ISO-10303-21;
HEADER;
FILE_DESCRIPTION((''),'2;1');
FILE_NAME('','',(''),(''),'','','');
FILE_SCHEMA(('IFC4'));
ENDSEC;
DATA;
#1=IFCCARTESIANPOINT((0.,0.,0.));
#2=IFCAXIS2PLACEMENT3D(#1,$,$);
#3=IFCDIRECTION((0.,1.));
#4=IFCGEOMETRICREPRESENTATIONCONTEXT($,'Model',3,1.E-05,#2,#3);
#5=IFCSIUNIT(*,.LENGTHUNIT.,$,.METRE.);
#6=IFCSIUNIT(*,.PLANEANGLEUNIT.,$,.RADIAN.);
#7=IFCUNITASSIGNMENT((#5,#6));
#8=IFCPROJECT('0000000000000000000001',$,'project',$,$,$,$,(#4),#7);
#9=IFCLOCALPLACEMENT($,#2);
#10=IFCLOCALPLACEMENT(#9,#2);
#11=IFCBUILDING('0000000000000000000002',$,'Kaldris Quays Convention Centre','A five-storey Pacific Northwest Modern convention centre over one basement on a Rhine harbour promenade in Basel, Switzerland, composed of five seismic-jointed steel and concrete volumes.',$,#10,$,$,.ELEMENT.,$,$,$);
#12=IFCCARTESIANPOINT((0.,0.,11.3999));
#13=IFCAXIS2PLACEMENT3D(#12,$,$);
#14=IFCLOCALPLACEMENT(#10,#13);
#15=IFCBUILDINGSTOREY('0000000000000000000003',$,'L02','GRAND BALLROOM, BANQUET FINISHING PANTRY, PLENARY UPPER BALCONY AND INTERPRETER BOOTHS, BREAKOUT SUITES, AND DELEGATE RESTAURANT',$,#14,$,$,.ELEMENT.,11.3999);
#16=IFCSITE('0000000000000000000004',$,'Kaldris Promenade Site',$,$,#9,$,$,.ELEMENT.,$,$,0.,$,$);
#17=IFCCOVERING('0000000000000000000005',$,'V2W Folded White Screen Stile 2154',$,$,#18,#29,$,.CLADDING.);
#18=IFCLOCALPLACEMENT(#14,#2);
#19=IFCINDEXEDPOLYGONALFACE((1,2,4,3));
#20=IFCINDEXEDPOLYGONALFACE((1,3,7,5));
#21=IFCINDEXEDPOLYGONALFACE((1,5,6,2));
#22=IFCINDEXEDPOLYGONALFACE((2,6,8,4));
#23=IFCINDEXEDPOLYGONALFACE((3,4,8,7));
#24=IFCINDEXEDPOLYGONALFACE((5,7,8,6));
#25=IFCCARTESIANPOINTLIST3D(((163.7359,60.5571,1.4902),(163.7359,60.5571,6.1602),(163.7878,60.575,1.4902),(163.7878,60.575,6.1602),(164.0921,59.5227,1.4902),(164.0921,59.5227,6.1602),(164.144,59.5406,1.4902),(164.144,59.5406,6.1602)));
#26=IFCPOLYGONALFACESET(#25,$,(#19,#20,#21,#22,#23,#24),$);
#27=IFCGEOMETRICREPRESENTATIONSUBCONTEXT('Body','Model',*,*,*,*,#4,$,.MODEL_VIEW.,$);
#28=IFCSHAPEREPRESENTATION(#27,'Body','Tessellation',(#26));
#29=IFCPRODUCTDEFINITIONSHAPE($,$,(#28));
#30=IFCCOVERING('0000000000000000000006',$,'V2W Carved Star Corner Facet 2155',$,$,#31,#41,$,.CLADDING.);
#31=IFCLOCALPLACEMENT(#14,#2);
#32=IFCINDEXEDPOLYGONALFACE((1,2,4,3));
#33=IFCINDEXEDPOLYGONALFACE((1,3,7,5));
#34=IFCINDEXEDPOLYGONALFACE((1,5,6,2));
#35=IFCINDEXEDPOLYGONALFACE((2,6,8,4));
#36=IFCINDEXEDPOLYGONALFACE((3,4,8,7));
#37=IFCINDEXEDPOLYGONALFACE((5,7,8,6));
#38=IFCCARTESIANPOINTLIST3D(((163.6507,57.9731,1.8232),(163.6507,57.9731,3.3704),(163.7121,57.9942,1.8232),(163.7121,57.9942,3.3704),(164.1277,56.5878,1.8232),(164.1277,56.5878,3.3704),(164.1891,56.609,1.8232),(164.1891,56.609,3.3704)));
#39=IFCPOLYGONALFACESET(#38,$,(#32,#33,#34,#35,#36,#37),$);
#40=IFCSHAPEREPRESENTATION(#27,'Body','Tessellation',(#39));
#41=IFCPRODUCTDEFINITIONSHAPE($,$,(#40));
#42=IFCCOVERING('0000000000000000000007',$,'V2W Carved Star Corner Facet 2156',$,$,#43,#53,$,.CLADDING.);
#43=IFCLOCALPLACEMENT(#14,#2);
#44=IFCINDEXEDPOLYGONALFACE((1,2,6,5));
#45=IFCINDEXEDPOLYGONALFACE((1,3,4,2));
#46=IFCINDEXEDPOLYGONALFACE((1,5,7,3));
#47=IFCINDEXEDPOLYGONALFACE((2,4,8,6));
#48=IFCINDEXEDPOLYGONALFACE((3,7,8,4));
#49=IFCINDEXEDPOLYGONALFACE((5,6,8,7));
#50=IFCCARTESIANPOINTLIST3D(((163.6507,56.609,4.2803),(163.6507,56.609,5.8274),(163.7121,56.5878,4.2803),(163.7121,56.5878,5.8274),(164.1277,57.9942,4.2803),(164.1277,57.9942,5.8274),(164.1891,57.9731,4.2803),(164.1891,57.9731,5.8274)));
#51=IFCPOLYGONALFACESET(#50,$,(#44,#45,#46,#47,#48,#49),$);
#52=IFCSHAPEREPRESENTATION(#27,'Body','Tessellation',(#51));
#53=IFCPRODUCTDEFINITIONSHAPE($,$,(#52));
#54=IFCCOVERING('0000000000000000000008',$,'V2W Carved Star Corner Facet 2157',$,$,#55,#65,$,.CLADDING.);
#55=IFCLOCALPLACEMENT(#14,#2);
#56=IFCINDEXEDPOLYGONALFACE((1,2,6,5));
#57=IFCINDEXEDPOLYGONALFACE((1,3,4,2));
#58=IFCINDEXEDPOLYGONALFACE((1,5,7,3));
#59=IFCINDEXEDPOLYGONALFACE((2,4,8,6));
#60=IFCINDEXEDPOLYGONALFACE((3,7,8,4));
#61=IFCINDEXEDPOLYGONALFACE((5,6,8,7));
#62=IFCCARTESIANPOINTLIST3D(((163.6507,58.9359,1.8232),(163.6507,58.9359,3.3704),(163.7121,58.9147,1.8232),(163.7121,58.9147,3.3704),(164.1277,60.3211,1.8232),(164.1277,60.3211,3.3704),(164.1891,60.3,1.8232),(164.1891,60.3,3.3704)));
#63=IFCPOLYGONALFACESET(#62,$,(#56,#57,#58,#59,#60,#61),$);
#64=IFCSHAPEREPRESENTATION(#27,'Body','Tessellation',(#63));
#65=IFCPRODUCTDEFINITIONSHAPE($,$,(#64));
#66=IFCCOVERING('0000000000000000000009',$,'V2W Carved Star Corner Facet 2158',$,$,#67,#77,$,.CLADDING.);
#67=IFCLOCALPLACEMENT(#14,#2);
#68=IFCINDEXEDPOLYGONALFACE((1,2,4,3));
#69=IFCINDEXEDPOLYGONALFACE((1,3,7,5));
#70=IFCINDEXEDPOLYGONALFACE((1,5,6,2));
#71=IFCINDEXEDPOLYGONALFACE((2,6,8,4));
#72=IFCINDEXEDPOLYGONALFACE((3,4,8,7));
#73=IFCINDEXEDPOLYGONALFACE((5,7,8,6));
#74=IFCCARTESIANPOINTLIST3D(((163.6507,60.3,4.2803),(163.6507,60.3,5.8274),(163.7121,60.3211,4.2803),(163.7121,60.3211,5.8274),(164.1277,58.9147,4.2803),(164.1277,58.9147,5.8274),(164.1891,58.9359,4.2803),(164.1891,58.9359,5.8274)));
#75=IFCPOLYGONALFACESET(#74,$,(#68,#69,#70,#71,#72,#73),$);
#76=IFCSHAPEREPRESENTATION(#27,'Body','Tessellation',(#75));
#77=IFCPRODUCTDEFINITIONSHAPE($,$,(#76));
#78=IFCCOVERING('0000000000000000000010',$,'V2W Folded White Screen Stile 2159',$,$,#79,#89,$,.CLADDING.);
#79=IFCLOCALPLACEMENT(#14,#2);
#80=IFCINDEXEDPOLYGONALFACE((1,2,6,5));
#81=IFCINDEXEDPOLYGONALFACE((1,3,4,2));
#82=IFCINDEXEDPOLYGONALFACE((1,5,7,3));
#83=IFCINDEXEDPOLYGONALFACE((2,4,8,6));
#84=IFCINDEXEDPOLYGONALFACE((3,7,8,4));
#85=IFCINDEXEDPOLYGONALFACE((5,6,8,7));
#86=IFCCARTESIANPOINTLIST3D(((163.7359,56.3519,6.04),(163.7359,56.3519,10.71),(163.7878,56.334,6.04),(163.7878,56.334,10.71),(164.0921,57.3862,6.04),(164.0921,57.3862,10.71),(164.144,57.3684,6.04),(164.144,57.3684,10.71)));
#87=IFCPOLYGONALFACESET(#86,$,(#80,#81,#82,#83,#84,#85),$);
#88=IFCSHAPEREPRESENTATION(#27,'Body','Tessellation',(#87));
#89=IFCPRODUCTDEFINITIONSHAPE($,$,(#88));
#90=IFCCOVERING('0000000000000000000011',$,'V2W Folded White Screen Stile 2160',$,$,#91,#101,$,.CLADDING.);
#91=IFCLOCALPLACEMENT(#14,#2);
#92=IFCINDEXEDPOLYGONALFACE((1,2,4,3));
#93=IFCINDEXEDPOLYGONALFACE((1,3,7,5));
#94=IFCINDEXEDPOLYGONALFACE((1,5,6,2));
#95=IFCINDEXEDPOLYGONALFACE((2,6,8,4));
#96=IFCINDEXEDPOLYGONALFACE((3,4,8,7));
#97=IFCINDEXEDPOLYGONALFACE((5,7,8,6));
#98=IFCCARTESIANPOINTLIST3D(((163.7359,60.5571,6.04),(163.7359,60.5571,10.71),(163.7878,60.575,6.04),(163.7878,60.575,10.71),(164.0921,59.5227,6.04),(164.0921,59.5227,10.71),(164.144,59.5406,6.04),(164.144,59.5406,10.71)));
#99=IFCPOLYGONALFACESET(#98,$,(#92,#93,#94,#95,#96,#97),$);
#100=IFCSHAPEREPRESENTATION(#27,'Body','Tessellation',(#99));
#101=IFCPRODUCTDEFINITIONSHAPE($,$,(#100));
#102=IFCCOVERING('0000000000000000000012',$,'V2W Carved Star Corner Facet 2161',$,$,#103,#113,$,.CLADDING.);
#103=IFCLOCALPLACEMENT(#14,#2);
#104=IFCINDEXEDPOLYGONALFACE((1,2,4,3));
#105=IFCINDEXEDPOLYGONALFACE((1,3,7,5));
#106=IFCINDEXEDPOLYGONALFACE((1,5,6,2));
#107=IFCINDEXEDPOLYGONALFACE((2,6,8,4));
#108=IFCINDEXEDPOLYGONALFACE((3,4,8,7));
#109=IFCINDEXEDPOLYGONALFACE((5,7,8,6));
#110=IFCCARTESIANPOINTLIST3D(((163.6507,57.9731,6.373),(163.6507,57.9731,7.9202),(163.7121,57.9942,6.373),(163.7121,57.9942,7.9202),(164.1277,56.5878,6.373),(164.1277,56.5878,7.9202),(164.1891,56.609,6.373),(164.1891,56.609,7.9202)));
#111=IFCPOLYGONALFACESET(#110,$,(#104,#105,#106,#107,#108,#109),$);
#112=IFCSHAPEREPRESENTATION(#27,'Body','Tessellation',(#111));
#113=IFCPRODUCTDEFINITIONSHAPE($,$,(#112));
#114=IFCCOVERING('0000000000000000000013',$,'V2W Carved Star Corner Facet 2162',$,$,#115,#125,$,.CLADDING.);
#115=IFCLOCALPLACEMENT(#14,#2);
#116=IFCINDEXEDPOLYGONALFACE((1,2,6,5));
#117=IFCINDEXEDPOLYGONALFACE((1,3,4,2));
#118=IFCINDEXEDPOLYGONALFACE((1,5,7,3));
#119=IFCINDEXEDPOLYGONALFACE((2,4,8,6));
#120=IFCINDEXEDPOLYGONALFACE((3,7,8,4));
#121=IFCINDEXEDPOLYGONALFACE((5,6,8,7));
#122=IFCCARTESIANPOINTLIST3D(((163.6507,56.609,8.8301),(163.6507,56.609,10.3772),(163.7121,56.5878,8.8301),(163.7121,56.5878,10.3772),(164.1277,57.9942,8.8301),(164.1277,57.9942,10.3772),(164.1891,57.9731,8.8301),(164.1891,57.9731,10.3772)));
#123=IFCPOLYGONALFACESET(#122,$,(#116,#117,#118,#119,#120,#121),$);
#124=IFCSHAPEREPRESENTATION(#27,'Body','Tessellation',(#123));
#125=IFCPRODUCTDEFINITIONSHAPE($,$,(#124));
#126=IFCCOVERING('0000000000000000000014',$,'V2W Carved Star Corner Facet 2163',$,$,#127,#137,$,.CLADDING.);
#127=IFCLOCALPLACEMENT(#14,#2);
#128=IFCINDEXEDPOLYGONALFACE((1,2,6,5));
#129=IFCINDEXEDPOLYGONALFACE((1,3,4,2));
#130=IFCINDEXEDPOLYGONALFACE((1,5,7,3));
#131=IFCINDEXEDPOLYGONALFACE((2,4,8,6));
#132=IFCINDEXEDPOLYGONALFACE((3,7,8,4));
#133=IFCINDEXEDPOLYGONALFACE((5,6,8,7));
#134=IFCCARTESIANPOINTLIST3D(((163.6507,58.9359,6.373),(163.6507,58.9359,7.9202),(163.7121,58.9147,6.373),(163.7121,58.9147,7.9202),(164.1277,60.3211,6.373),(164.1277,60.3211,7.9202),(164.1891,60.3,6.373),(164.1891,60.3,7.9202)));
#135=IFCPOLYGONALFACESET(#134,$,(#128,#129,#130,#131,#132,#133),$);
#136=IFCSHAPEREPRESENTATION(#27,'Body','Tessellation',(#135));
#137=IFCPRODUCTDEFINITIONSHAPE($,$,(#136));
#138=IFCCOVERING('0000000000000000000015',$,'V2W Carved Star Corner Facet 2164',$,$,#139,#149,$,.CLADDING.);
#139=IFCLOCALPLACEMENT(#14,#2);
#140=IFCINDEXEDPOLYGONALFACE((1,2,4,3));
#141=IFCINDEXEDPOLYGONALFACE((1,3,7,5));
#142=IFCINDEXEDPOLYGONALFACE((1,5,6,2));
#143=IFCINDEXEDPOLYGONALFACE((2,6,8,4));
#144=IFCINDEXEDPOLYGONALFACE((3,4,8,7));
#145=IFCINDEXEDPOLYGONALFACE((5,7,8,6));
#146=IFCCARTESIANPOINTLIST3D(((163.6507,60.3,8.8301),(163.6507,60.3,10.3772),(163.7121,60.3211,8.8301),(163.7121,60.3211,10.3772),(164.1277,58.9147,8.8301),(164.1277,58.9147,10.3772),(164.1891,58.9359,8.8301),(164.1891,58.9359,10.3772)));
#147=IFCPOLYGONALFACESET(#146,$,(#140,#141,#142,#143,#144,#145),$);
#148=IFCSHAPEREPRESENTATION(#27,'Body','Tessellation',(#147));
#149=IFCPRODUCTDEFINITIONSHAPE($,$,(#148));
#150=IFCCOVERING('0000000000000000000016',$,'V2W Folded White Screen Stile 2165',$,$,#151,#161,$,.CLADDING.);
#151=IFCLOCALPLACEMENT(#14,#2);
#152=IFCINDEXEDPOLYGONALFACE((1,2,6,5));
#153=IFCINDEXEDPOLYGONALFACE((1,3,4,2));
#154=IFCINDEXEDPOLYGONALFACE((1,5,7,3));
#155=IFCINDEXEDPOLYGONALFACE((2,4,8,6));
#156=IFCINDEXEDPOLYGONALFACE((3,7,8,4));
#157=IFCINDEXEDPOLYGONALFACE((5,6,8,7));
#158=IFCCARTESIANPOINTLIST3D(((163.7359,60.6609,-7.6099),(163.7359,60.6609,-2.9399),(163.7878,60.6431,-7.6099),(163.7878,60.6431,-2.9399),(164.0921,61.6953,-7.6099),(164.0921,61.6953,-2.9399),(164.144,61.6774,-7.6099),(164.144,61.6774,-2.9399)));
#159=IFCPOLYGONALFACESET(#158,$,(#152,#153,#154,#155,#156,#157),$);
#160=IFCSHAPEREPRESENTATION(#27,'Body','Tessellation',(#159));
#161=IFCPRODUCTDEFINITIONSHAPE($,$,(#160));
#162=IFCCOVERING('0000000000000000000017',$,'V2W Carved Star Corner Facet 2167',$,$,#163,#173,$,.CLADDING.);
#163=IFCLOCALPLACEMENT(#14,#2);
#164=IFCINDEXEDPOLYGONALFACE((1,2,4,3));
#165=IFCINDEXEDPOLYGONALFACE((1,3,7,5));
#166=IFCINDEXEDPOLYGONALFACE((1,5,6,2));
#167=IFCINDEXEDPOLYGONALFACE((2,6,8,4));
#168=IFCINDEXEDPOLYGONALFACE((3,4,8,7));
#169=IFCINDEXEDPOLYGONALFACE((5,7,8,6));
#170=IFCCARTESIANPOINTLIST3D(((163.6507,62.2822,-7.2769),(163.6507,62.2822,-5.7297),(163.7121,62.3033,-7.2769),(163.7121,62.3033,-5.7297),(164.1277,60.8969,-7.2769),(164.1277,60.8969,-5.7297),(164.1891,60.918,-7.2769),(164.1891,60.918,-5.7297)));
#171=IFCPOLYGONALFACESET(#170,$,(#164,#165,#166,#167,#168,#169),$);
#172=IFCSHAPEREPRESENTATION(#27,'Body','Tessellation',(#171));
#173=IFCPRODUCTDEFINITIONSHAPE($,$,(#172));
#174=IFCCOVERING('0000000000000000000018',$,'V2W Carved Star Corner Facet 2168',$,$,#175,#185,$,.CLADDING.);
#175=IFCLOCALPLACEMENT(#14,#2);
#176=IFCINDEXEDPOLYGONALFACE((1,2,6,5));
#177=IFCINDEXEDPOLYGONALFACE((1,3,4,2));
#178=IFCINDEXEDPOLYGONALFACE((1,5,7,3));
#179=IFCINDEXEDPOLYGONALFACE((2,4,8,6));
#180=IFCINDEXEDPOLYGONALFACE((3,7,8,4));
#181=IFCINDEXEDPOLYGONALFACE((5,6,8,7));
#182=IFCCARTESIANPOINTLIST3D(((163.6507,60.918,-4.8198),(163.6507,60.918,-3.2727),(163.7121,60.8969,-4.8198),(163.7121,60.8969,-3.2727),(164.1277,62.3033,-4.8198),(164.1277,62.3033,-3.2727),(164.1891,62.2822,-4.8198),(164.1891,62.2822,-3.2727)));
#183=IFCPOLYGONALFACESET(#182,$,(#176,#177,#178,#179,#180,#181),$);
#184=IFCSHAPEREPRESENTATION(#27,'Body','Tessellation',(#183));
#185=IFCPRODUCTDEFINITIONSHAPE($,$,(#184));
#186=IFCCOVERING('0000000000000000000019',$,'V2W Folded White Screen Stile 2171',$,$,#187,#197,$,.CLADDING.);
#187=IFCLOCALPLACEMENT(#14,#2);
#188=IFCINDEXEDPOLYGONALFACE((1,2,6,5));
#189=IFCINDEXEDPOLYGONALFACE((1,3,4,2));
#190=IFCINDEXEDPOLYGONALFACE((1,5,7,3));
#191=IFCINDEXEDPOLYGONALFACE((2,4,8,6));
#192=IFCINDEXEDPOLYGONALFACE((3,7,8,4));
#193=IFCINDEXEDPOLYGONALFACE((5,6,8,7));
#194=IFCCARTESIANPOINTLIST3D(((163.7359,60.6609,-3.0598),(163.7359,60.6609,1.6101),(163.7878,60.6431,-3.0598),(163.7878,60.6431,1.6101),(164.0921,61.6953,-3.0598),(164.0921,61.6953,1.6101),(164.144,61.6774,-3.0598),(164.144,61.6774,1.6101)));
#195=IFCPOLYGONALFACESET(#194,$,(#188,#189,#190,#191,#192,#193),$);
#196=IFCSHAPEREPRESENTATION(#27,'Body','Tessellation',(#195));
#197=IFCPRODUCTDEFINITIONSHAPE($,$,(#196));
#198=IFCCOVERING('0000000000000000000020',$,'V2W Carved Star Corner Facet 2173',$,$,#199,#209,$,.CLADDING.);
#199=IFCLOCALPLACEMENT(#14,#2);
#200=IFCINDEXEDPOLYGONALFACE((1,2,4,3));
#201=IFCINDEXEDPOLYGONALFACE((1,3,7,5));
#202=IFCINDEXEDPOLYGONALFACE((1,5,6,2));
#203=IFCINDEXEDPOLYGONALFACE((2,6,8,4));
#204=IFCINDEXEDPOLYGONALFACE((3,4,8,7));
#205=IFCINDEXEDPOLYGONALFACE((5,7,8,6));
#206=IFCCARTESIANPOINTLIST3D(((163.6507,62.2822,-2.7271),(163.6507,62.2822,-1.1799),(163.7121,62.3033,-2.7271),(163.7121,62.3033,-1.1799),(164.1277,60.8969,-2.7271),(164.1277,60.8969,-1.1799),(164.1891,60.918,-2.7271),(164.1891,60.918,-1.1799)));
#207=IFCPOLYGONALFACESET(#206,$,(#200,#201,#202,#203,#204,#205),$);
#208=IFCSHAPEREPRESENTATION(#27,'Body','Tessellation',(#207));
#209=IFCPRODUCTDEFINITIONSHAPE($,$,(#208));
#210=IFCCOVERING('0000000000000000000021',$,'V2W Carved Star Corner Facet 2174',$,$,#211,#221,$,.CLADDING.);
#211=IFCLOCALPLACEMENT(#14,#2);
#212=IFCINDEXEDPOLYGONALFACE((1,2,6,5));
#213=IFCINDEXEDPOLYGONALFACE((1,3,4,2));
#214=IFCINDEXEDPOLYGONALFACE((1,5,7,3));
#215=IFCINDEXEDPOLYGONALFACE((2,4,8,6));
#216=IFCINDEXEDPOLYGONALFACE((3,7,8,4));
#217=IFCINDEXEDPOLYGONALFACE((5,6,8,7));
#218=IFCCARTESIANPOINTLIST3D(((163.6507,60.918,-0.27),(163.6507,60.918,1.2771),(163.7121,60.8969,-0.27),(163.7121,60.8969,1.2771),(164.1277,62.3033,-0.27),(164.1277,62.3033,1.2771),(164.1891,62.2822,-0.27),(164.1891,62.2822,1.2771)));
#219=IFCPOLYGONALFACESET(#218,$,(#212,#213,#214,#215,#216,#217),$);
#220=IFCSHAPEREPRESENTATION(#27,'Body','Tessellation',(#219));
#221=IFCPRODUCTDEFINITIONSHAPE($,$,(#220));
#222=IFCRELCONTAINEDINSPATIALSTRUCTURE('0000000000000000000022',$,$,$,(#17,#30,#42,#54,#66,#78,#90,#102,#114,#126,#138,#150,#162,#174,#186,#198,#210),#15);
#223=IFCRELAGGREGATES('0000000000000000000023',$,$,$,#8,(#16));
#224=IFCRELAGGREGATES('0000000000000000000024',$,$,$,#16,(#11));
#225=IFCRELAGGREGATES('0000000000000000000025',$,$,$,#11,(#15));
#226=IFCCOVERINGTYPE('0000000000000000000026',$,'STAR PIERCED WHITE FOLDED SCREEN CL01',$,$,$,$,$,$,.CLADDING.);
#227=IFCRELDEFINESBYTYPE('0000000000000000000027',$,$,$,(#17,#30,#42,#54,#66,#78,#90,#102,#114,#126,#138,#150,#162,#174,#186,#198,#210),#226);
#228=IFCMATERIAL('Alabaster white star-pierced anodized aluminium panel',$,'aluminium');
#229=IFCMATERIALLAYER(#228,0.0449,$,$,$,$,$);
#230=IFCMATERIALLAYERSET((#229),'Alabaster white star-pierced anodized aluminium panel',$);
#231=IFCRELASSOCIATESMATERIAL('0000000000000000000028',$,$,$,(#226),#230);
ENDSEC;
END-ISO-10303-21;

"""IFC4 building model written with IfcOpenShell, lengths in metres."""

from ifc_helpers import new_model, si_unit, direction, frame, origin, origin_2d, place, context, subcontext, project, spatial, rectangle, extrude, material, layer, layer_set, type_object, element, save


model = new_model("IFC4")

# Units and contexts
model_context = context("Model", 3, precision=1e-05, world=origin(), true_north=direction((0.0, 1.0)))
body_context = subcontext(model_context, "Body", "Model", "MODEL_VIEW")
ifc_project = project(units=[si_unit("LENGTHUNIT", "METRE"), si_unit("PLANEANGLEUNIT", "RADIAN")], contexts=[model_context])

# Site, building, storey
site_placement = place(None, origin())
site = spatial("IfcSite", under=ifc_project, at=site_placement, Name="Kaldris Promenade Site", CompositionType="ELEMENT", RefElevation=0.0)
building_placement = place(site_placement, origin())
building = spatial("IfcBuilding", under=site, at=building_placement, Name="Kaldris Quays Convention Centre", Description="A five-storey Pacific Northwest Modern convention centre over one basement on a Rhine harbour promenade in Basel, Switzerland, composed of five seismic-jointed steel and concrete volumes.", CompositionType="ELEMENT")
storey_placement = place(building_placement, frame((0.0, 0.0, 11.3999)))
storey = spatial("IfcBuildingStorey", under=building, at=storey_placement, Name="L02", Description="GRAND BALLROOM, BANQUET FINISHING PANTRY, PLENARY UPPER BALCONY AND INTERPRETER BOOTHS, BREAKOUT SUITES, AND DELEGATE RESTAURANT", CompositionType="ELEMENT", Elevation=11.3999)

# Coverings
ifc_material_1 = material(Name="Alabaster white star-pierced anodized aluminium panel", Category="aluminium")
ifc_layer = layer(ifc_material_1, 0.0449)
ifc_layer_set = layer_set([ifc_layer], Name="Alabaster white star-pierced anodized aluminium panel")
covering_type = type_object("IfcCoveringType", Name="STAR PIERCED WHITE FOLDED SCREEN CL01", PredefinedType="CLADDING", material=ifc_layer_set)
for number, where, z_axis, x_axis, name in (
    (1, (163.9399, 60.0488, 1.4902), (0.0, 0.0, 1.0), (-0.325568, 0.945519, 0.0), "V2W Folded White Screen Stile 2154"),
):
    element("IfcCovering", number, at=place(storey_placement, frame(where, z_axis=z_axis, x_axis=x_axis)), inside=storey, type_object=covering_type, Name=name, PredefinedType="CLADDING", context=body_context, shape_type="SweptSolid", body=[
        extrude(rectangle(XDim=1.094, YDim=0.0549, at=origin_2d()), origin(), (0.0, 0.0, 1.0), 4.6699),
    ])
for number, where, z_axis, x_axis, name in (
    (2, (163.9199, 57.291, 1.8232), (0.0, 0.0, 1.0), (-0.325568, 0.945519, 0.0), "V2W Carved Star Corner Facet 2155"),
    (3, (163.9199, 57.291, 4.2803), (0.0, 0.0, 1.0), (0.325568, 0.945519, 0.0), "V2W Carved Star Corner Facet 2156"),
    (4, (163.9199, 59.6179, 1.8232), (0.0, 0.0, 1.0), (0.325568, 0.945519, 0.0), "V2W Carved Star Corner Facet 2157"),
    (5, (163.9199, 59.6179, 4.2803), (0.0, 0.0, 1.0), (-0.325568, 0.945519, 0.0), "V2W Carved Star Corner Facet 2158"),
):
    element("IfcCovering", number, at=place(storey_placement, frame(where, z_axis=z_axis, x_axis=x_axis)), inside=storey, type_object=covering_type, Name=name, PredefinedType="CLADDING", context=body_context, shape_type="SweptSolid", body=[
        extrude(rectangle(XDim=1.4651, YDim=0.0649, at=origin_2d()), origin(), (0.0, 0.0, 1.0), 1.5471),
    ])
for number, where, z_axis, x_axis, name in (
    (6, (163.9399, 56.8601, 6.04), (0.0, 0.0, 1.0), (0.325568, 0.945519, 0.0), "V2W Folded White Screen Stile 2159"),
    (7, (163.9399, 60.0488, 6.04), (0.0, 0.0, 1.0), (-0.325568, 0.945519, 0.0), "V2W Folded White Screen Stile 2160"),
):
    element("IfcCovering", number, at=place(storey_placement, frame(where, z_axis=z_axis, x_axis=x_axis)), inside=storey, type_object=covering_type, Name=name, PredefinedType="CLADDING", context=body_context, shape_type="SweptSolid", body=[
        extrude(rectangle(XDim=1.094, YDim=0.0549, at=origin_2d()), origin(), (0.0, 0.0, 1.0), 4.6699),
    ])
for number, where, z_axis, x_axis, name in (
    (8, (163.9199, 57.291, 6.373), (0.0, 0.0, 1.0), (-0.325568, 0.945519, 0.0), "V2W Carved Star Corner Facet 2161"),
    (9, (163.9199, 57.291, 8.8301), (0.0, 0.0, 1.0), (0.325568, 0.945519, 0.0), "V2W Carved Star Corner Facet 2162"),
    (10, (163.9199, 59.6179, 6.373), (0.0, 0.0, 1.0), (0.325568, 0.945519, 0.0), "V2W Carved Star Corner Facet 2163"),
    (11, (163.9199, 59.6179, 8.8301), (0.0, 0.0, 1.0), (-0.325568, 0.945519, 0.0), "V2W Carved Star Corner Facet 2164"),
):
    element("IfcCovering", number, at=place(storey_placement, frame(where, z_axis=z_axis, x_axis=x_axis)), inside=storey, type_object=covering_type, Name=name, PredefinedType="CLADDING", context=body_context, shape_type="SweptSolid", body=[
        extrude(rectangle(XDim=1.4651, YDim=0.0649, at=origin_2d()), origin(), (0.0, 0.0, 1.0), 1.5471),
    ])
covering_1_placement = place(storey_placement, frame((163.9399, 61.1692, -7.6099), z_axis=(0.0, 0.0, 1.0), x_axis=(0.325568, 0.945519, 0.0)))
element("IfcCovering", 12, at=covering_1_placement, inside=storey, type_object=covering_type, Name="V2W Folded White Screen Stile 2165", PredefinedType="CLADDING", context=body_context, shape_type="SweptSolid", body=[
    extrude(rectangle(XDim=1.094, YDim=0.0549, at=origin_2d()), origin(), (0.0, 0.0, 1.0), 4.6699),
])
for number, where, z_axis, x_axis, name in (
    (13, (163.9199, 61.6001, -7.2769), (0.0, 0.0, 1.0), (-0.325568, 0.945519, 0.0), "V2W Carved Star Corner Facet 2167"),
    (14, (163.9199, 61.6001, -4.8198), (0.0, 0.0, 1.0), (0.325568, 0.945519, 0.0), "V2W Carved Star Corner Facet 2168"),
):
    element("IfcCovering", number, at=place(storey_placement, frame(where, z_axis=z_axis, x_axis=x_axis)), inside=storey, type_object=covering_type, Name=name, PredefinedType="CLADDING", context=body_context, shape_type="SweptSolid", body=[
        extrude(rectangle(XDim=1.4651, YDim=0.0649, at=origin_2d()), origin(), (0.0, 0.0, 1.0), 1.5471),
    ])
covering_2_placement = place(storey_placement, frame((163.9399, 61.1692, -3.0598), z_axis=(0.0, 0.0, 1.0), x_axis=(0.325568, 0.945519, 0.0)))
element("IfcCovering", 15, at=covering_2_placement, inside=storey, type_object=covering_type, Name="V2W Folded White Screen Stile 2171", PredefinedType="CLADDING", context=body_context, shape_type="SweptSolid", body=[
    extrude(rectangle(XDim=1.094, YDim=0.0549, at=origin_2d()), origin(), (0.0, 0.0, 1.0), 4.6699),
])
for number, where, z_axis, x_axis, name in (
    (16, (163.9199, 61.6001, -2.7271), (0.0, 0.0, 1.0), (-0.325568, 0.945519, 0.0), "V2W Carved Star Corner Facet 2173"),
    (17, (163.9199, 61.6001, -0.27), (0.0, 0.0, 1.0), (0.325568, 0.945519, 0.0), "V2W Carved Star Corner Facet 2174"),
):
    element("IfcCovering", number, at=place(storey_placement, frame(where, z_axis=z_axis, x_axis=x_axis)), inside=storey, type_object=covering_type, Name=name, PredefinedType="CLADDING", context=body_context, shape_type="SweptSolid", body=[
        extrude(rectangle(XDim=1.4651, YDim=0.0649, at=origin_2d()), origin(), (0.0, 0.0, 1.0), 1.5471),
    ])

save(model, "model.ifc")
